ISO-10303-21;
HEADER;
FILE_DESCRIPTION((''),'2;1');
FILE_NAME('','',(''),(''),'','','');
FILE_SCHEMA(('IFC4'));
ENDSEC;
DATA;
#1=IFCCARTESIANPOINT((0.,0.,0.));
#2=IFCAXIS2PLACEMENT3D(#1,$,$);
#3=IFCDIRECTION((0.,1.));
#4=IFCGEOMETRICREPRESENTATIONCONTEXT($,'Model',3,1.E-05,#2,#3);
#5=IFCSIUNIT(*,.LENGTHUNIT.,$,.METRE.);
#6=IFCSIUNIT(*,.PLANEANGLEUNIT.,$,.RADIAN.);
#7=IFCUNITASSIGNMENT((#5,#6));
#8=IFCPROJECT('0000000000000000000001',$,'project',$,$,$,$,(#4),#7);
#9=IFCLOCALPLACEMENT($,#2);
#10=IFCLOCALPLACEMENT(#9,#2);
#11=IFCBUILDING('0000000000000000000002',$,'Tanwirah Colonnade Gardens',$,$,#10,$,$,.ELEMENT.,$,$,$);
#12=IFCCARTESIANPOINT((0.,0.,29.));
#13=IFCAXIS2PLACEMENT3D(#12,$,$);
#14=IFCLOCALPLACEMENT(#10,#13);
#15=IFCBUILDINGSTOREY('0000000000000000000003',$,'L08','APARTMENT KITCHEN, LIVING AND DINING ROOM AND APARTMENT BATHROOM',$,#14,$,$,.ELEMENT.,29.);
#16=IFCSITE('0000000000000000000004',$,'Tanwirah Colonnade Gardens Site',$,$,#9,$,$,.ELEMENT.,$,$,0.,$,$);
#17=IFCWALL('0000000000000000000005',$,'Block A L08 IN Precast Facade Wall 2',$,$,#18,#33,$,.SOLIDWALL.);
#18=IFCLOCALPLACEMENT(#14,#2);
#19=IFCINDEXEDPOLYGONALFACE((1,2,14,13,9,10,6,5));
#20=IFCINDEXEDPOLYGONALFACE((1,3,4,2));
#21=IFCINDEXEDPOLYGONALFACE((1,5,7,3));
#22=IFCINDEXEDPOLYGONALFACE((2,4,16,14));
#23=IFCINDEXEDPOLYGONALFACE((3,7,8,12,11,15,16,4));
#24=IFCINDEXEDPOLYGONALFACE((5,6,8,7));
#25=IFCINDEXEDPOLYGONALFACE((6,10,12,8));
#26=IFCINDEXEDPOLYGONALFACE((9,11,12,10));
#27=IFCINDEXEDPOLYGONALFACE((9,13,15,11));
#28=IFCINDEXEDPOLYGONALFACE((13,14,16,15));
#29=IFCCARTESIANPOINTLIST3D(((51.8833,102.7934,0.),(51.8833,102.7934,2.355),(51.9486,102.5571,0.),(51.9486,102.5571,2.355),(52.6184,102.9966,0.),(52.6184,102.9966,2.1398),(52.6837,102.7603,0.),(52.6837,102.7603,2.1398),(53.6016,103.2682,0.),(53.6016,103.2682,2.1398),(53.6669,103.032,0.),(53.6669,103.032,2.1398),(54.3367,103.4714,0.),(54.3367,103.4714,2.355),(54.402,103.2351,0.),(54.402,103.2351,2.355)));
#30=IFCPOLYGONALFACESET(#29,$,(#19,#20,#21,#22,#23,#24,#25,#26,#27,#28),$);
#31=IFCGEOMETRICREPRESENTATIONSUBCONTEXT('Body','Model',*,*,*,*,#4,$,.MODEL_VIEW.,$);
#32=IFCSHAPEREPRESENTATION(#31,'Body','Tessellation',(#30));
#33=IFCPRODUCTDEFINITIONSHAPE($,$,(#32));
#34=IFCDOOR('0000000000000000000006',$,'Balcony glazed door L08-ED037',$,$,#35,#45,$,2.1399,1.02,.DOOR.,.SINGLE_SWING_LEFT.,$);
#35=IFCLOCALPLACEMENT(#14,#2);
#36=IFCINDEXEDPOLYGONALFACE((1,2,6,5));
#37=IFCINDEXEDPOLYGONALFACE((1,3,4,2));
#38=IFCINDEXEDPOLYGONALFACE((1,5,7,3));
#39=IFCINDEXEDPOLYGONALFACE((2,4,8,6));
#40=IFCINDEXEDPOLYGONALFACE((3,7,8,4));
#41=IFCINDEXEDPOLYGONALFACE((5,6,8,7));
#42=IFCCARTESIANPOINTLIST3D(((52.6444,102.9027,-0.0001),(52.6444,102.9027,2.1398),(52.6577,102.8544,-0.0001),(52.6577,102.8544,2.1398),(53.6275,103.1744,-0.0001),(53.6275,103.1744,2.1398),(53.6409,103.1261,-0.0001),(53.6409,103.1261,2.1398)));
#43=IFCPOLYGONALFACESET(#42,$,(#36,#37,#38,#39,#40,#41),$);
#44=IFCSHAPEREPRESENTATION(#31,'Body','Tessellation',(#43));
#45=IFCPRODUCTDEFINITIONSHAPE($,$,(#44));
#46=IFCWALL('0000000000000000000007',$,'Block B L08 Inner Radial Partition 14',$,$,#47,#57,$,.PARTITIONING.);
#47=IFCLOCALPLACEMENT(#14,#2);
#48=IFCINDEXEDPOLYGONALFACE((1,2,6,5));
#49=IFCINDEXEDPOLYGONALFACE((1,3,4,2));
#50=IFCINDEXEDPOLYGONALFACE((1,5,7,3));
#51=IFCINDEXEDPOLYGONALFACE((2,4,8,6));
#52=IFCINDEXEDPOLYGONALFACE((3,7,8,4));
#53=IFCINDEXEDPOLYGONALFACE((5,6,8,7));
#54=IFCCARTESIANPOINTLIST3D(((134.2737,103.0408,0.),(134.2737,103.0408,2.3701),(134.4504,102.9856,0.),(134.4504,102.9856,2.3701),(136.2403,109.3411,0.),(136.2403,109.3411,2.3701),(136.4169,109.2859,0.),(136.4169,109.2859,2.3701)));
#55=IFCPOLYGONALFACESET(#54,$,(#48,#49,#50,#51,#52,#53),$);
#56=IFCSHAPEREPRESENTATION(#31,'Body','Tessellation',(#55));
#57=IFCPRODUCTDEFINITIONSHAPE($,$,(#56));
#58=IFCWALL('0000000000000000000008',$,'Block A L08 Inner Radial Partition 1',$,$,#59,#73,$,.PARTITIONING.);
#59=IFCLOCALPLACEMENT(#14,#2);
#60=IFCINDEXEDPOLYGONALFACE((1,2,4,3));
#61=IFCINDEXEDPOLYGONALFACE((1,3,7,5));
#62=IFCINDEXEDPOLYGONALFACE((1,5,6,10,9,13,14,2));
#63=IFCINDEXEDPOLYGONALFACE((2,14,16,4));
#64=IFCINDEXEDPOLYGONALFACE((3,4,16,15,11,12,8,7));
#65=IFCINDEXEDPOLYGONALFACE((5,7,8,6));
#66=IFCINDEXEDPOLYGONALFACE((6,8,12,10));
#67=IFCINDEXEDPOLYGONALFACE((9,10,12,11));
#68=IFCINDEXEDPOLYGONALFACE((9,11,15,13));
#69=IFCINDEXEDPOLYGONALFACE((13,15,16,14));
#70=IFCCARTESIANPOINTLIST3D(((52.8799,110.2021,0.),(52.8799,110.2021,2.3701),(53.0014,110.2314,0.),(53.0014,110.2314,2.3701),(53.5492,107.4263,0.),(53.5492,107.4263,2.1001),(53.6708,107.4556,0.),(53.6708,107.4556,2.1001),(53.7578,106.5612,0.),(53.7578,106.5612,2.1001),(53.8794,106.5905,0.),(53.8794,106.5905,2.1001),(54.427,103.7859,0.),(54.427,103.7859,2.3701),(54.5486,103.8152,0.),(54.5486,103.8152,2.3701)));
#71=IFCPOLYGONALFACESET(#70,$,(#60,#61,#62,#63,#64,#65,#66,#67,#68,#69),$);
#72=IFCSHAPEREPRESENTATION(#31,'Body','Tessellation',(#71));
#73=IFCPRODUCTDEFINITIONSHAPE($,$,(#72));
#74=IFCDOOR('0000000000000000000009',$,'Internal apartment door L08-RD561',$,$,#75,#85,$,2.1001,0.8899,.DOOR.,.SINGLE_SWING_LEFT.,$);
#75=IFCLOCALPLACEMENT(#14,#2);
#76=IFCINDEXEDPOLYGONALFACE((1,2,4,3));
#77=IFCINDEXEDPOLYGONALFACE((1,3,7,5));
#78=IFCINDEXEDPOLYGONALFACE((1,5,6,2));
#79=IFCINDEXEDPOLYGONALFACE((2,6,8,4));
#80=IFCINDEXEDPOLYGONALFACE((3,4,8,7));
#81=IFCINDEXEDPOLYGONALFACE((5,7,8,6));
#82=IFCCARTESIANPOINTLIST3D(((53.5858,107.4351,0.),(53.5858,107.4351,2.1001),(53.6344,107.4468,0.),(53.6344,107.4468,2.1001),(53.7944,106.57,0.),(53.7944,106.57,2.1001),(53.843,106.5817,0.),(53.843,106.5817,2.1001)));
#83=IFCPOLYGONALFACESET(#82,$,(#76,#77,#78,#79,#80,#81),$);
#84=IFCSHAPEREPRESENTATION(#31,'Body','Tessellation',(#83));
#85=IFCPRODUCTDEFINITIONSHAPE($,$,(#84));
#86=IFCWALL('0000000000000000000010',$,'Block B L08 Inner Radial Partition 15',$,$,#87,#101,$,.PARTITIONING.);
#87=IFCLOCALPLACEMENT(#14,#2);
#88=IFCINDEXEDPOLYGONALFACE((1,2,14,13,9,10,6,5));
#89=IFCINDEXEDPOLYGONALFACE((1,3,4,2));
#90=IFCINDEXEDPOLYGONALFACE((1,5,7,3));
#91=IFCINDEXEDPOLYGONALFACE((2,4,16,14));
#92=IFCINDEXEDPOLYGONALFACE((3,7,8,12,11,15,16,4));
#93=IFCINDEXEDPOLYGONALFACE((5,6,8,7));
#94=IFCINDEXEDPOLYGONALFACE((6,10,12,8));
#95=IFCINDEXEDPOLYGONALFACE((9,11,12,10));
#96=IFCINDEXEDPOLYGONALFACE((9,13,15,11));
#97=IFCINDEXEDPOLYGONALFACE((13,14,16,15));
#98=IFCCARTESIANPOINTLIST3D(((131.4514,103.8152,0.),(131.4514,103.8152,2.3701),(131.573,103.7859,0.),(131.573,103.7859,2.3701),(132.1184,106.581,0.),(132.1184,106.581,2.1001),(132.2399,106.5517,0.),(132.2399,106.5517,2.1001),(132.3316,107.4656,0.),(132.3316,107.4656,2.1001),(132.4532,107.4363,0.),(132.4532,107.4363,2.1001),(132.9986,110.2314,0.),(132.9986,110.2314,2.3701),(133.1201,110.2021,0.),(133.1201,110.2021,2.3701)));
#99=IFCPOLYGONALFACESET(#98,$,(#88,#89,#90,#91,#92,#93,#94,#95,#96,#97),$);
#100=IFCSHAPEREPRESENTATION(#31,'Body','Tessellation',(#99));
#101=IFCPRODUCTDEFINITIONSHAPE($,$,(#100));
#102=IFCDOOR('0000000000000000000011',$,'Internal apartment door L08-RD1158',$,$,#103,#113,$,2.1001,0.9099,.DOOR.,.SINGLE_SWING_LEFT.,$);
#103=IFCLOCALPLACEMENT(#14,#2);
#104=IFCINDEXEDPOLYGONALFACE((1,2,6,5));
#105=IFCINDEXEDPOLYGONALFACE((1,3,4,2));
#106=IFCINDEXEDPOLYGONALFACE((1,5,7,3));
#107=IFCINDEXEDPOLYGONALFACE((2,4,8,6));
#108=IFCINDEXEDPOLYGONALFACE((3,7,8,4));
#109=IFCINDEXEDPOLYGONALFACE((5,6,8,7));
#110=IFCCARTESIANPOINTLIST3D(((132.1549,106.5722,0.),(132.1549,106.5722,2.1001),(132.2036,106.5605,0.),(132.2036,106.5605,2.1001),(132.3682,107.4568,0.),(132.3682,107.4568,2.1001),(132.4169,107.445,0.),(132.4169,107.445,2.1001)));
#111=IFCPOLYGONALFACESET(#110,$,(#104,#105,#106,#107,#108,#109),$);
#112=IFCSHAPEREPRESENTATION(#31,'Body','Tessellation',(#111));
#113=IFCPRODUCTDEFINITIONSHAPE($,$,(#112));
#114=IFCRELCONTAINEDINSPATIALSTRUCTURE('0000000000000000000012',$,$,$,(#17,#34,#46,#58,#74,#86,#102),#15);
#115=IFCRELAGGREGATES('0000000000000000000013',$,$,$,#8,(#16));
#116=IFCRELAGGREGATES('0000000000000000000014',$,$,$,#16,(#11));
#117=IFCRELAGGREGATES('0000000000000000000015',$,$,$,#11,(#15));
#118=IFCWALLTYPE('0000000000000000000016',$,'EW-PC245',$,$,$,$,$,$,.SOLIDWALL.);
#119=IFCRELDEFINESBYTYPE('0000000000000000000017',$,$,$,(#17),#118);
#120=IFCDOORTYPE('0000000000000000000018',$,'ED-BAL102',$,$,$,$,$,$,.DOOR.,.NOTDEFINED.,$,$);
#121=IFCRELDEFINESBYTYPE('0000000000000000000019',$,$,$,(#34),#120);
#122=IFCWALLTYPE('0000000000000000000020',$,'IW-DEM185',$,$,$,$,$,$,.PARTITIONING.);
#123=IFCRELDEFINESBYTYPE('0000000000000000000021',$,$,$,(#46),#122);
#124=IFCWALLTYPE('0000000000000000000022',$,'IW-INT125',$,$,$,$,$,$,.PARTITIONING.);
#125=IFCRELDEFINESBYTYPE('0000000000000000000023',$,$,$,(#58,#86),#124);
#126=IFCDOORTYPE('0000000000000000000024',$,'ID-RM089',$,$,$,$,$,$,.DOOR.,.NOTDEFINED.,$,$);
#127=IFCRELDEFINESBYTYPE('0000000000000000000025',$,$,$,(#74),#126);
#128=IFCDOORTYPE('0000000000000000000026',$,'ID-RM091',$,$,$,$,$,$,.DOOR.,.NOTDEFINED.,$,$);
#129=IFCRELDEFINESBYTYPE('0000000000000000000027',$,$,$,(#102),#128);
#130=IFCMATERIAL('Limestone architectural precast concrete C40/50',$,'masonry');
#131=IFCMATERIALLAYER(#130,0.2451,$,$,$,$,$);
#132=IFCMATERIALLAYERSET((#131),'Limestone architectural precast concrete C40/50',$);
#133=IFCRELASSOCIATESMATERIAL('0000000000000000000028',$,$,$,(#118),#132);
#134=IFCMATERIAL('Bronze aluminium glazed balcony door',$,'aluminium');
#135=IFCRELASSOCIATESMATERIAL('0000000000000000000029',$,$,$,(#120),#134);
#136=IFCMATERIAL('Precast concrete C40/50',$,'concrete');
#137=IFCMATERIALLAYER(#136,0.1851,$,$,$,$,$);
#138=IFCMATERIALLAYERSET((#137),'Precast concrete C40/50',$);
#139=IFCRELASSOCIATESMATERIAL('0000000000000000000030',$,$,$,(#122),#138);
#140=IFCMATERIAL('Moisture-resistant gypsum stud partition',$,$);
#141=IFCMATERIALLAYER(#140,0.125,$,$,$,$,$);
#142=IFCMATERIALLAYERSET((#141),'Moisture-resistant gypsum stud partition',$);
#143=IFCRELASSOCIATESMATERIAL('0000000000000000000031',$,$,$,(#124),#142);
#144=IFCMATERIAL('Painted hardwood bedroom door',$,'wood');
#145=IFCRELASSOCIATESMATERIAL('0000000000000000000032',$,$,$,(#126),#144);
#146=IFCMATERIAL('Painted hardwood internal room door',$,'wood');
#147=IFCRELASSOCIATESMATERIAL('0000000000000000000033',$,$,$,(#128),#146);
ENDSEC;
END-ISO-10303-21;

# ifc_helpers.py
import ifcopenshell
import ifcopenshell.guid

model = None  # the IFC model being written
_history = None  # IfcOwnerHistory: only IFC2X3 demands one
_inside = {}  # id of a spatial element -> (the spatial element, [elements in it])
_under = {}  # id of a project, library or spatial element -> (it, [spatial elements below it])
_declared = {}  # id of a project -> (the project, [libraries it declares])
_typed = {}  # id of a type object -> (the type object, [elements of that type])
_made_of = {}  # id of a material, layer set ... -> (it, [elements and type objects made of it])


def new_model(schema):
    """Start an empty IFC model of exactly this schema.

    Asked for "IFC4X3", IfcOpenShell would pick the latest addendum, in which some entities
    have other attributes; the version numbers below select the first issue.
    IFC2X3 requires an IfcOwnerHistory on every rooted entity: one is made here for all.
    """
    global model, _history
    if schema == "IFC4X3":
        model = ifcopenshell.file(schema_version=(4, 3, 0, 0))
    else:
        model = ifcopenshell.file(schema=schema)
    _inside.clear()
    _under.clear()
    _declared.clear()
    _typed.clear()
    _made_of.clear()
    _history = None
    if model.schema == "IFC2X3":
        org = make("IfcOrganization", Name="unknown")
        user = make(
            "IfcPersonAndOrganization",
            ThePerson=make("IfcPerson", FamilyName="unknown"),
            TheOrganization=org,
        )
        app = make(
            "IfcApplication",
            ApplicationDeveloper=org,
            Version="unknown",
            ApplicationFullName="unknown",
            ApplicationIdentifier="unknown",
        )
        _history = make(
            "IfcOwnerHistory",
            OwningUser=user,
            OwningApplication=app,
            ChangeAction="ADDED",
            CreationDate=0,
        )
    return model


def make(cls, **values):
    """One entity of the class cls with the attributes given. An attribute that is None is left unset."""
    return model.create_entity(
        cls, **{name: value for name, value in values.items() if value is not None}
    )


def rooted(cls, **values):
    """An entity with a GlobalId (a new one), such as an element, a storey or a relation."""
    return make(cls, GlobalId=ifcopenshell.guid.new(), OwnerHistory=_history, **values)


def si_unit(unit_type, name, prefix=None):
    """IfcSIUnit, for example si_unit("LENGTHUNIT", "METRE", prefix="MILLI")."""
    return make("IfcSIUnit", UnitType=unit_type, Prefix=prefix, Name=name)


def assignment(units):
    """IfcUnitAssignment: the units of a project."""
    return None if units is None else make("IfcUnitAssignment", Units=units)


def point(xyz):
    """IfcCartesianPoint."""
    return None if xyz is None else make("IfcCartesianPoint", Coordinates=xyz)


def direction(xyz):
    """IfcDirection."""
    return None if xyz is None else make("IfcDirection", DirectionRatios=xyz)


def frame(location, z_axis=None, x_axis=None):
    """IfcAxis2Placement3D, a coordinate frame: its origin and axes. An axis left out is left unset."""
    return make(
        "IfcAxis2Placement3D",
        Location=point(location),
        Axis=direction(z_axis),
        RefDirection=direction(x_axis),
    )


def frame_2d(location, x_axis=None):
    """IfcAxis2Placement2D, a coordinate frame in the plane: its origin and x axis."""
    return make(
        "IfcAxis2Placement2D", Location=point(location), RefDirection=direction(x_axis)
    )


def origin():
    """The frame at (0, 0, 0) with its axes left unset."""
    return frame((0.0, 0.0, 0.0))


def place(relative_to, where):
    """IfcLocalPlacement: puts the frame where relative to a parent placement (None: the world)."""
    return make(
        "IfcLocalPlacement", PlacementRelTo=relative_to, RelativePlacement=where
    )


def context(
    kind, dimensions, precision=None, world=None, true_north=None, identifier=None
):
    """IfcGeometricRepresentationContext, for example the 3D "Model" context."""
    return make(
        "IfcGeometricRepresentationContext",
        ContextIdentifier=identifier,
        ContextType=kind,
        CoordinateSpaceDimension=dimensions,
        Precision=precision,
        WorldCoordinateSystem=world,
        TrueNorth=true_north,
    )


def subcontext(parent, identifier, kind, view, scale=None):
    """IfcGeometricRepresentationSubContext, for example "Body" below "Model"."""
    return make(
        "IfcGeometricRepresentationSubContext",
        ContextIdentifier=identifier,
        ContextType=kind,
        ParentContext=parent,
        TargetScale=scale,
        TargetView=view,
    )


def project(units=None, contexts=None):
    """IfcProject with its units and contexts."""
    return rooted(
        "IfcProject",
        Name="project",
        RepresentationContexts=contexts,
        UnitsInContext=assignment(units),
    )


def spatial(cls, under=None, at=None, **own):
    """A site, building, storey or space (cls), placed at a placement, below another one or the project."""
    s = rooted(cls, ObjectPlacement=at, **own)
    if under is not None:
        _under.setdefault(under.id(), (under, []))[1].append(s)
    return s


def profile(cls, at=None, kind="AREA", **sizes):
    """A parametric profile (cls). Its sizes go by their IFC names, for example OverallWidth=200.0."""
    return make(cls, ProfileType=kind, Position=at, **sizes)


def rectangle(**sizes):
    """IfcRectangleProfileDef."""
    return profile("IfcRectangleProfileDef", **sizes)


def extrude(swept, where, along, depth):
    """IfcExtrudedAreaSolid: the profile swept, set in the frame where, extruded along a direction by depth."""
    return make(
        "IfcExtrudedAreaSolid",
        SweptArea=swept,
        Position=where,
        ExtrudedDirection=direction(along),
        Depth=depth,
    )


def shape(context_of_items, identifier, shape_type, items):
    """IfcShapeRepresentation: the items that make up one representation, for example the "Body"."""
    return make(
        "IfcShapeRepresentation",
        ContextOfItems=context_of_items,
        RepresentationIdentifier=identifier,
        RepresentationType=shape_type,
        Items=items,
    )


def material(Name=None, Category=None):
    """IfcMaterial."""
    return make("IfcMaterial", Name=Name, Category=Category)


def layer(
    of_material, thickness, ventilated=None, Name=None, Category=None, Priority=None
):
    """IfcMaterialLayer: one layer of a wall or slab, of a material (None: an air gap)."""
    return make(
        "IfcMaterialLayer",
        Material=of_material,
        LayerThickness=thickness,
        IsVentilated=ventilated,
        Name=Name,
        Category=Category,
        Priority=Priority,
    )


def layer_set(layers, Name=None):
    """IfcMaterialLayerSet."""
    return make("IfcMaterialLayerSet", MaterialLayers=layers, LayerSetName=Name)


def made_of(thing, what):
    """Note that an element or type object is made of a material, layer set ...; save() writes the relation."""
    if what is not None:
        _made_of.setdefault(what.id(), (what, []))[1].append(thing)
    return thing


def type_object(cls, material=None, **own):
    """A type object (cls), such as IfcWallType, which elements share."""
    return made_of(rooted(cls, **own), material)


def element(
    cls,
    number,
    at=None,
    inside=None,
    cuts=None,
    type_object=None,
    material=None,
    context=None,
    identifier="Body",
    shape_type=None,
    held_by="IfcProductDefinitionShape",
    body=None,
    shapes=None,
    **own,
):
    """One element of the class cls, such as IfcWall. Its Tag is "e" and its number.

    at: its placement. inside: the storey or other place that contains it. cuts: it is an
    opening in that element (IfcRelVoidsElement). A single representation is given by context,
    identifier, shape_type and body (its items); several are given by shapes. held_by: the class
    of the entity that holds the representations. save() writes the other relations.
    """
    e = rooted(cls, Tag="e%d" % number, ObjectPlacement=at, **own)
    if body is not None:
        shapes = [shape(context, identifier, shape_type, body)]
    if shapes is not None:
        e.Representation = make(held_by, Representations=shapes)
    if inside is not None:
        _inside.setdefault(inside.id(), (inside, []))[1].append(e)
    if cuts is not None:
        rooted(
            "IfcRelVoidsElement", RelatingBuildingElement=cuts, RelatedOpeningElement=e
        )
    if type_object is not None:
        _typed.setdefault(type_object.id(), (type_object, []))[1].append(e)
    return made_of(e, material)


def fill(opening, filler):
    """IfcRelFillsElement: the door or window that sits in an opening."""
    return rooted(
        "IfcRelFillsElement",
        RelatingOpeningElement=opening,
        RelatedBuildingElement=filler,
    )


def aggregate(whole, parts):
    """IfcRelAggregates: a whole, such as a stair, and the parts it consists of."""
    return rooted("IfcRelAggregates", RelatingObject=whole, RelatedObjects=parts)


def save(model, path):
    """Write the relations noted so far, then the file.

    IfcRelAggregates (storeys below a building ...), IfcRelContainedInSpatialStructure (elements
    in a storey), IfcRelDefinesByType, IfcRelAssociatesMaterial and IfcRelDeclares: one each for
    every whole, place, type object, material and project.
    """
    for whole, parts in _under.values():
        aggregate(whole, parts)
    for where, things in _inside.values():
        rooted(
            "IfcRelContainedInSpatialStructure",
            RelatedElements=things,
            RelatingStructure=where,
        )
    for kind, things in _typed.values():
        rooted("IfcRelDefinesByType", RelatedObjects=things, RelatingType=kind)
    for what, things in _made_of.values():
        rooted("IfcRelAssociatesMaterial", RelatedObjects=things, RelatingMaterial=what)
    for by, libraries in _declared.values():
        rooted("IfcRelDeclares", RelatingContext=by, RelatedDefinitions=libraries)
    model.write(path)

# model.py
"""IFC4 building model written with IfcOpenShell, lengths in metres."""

from ifc_helpers import new_model, si_unit, direction, frame, frame_2d, origin, place, context, subcontext, project, spatial, rectangle, extrude, material, layer, layer_set, type_object, element, fill, save


model = new_model("IFC4")

# Units and contexts
model_context = context("Model", 3, precision=1e-05, world=origin(), true_north=direction((0.0, 1.0)))
body_context = subcontext(model_context, "Body", "Model", "MODEL_VIEW")
ifc_project = project(units=[si_unit("LENGTHUNIT", "METRE"), si_unit("PLANEANGLEUNIT", "RADIAN")], contexts=[model_context])

# Site, building, storey
site_placement = place(None, origin())
site = spatial("IfcSite", under=ifc_project, at=site_placement, Name="Tanwirah Colonnade Gardens Site", CompositionType="ELEMENT", RefElevation=0.0)
building_placement = place(site_placement, origin())
building = spatial("IfcBuilding", under=site, at=building_placement, Name="Tanwirah Colonnade Gardens", CompositionType="ELEMENT")
storey_placement = place(building_placement, frame((0.0, 0.0, 29.0)))
storey = spatial("IfcBuildingStorey", under=building, at=storey_placement, Name="L08", Description="APARTMENT KITCHEN, LIVING AND DINING ROOM AND APARTMENT BATHROOM", CompositionType="ELEMENT", Elevation=29.0)

# Shared definitions
ifc_material_1 = material(Name="Precast concrete C40/50", Category="concrete")

# Shared definitions
ifc_material_2 = material(Name="Limestone architectural precast concrete C40/50", Category="masonry")
ifc_material_3 = material(Name="Bronze aluminium glazed balcony door", Category="aluminium")

# Wall, opening, door
ifc_layer_1 = layer(ifc_material_2, 0.2451)
ifc_layer_set_1 = layer_set([ifc_layer_1], Name="Limestone architectural precast concrete C40/50")
wall_type_1 = type_object("IfcWallType", Name="EW-PC245", PredefinedType="SOLIDWALL", material=ifc_layer_set_1)
wall_1_placement = place(storey_placement, frame((54.3694, 103.3533, 0.0), z_axis=(0.0, 0.0, 1.0), x_axis=(-0.963873, -0.266362, 0.0)))
wall_1 = element("IfcWall", 1, at=wall_1_placement, inside=storey, type_object=wall_type_1, Name="Block A L08 IN Precast Facade Wall 2", PredefinedType="SOLIDWALL", context=body_context, shape_type="SweptSolid", body=[
    extrude(rectangle(XDim=2.5454, YDim=0.2451, at=frame_2d((1.2727, 0.0))), origin(), (0.0, 0.0, 1.0), 2.355),
])
opening_1_placement = place(wall_1_placement, frame((0.7627, 0.0, 0.0)))
opening_1 = element("IfcOpeningElement", 2, at=opening_1_placement, cuts=wall_1, PredefinedType="OPENING", context=body_context, shape_type="SweptSolid", body=[
    extrude(rectangle(XDim=1.02, YDim=2.1399, at=frame_2d((0.51, 1.0698))), frame((0.0, 0.1326, 0.0), z_axis=(0.0, -1.0, 0.0), x_axis=(1.0, 0.0, 0.0)), (0.0, 0.0, 1.0), 0.2651),
])
door_type_1 = type_object("IfcDoorType", Name="ED-BAL102", OperationType="NOTDEFINED", PredefinedType="DOOR", material=ifc_material_3)
door_1_placement = place(opening_1_placement, origin())
door_1 = element("IfcDoor", 3, at=door_1_placement, inside=storey, type_object=door_type_1, Name="Balcony glazed door L08-ED037", OperationType="SINGLE_SWING_LEFT", OverallHeight=2.1399, OverallWidth=1.02, PredefinedType="DOOR", context=body_context, shape_type="SweptSolid", body=[
    extrude(rectangle(XDim=1.02, YDim=2.1399, at=frame_2d((0.51, 1.0698))), frame((0.0, 0.0249, 0.0), z_axis=(0.0, -1.0, 0.0), x_axis=(1.0, 0.0, 0.0)), (0.0, 0.0, 1.0), 0.05),
])
fill(opening_1, door_1)

# Wall
ifc_layer_2 = layer(ifc_material_1, 0.1851)
ifc_layer_set_2 = layer_set([ifc_layer_2], Name="Precast concrete C40/50")
wall_type_2 = type_object("IfcWallType", Name="IW-DEM185", PredefinedType="PARTITIONING", material=ifc_layer_set_2)
wall_2_placement = place(storey_placement, frame((134.3621, 103.0132, 0.0), z_axis=(0.0, 0.0, 1.0), x_axis=(0.297959, 0.954579, 0.0)))
element("IfcWall", 4, at=wall_2_placement, inside=storey, type_object=wall_type_2, Name="Block B L08 Inner Radial Partition 14", PredefinedType="PARTITIONING", context=body_context, shape_type="SweptSolid", body=[
    extrude(rectangle(XDim=6.6001, YDim=0.1851, at=frame_2d((3.3, 0.0))), origin(), (0.0, 0.0, 1.0), 2.3701),
])

# Walls, openings, doors
ifc_material_4 = material(Name="Moisture-resistant gypsum stud partition")
ifc_layer_3 = layer(ifc_material_4, 0.125)
ifc_layer_set_3 = layer_set([ifc_layer_3], Name="Moisture-resistant gypsum stud partition")
wall_type_3 = type_object("IfcWallType", Name="IW-INT125", PredefinedType="PARTITIONING", material=ifc_layer_set_3)
wall_3_placement = place(storey_placement, frame((54.4878, 103.8005, 0.0), z_axis=(0.0, 0.0, 1.0), x_axis=(-0.234407, 0.972139, 0.0)))
wall_3 = element("IfcWall", 5, at=wall_3_placement, inside=storey, type_object=wall_type_3, Name="Block A L08 Inner Radial Partition 1", PredefinedType="PARTITIONING", context=body_context, shape_type="SweptSolid", body=[
    extrude(rectangle(XDim=6.6001, YDim=0.125, at=frame_2d((3.3, 0.0))), origin(), (0.0, 0.0, 1.0), 2.3701),
])
opening_2_placement = place(wall_3_placement, frame((2.855, 0.0, 0.0)))
opening_2 = element("IfcOpeningElement", 6, at=opening_2_placement, cuts=wall_3, PredefinedType="OPENING", context=body_context, shape_type="SweptSolid", body=[
    extrude(rectangle(XDim=0.8899, YDim=2.1001, at=frame_2d((0.4448, 1.05))), frame((0.0, 0.0725, 0.0), z_axis=(0.0, -1.0, 0.0), x_axis=(1.0, 0.0, 0.0)), (0.0, 0.0, 1.0), 0.145),
])
ifc_material_5 = material(Name="Painted hardwood bedroom door", Category="wood")
door_type_2 = type_object("IfcDoorType", Name="ID-RM089", OperationType="NOTDEFINED", PredefinedType="DOOR", material=ifc_material_5)
door_2_placement = place(opening_2_placement, origin())
door_2 = element("IfcDoor", 7, at=door_2_placement, inside=storey, type_object=door_type_2, Name="Internal apartment door L08-RD561", OperationType="SINGLE_SWING_LEFT", OverallHeight=2.1001, OverallWidth=0.8899, PredefinedType="DOOR", context=body_context, shape_type="SweptSolid", body=[
    extrude(rectangle(XDim=0.8899, YDim=2.1001, at=frame_2d((0.4448, 1.05))), frame((0.0, 0.0249, 0.0), z_axis=(0.0, -1.0, 0.0), x_axis=(1.0, 0.0, 0.0)), (0.0, 0.0, 1.0), 0.05),
])
fill(opening_2, door_2)
wall_4_placement = place(storey_placement, frame((131.5122, 103.8005, 0.0), z_axis=(0.0, 0.0, 1.0), x_axis=(0.234407, 0.972139, 0.0)))
wall_4 = element("IfcWall", 8, at=wall_4_placement, inside=storey, type_object=wall_type_3, Name="Block B L08 Inner Radial Partition 15", PredefinedType="PARTITIONING", context=body_context, shape_type="SweptSolid", body=[
    extrude(rectangle(XDim=6.6001, YDim=0.125, at=frame_2d((3.3, 0.0))), origin(), (0.0, 0.0, 1.0), 2.3701),
])
opening_3_placement = place(wall_4_placement, frame((2.845, 0.0, 0.0)))
opening_3 = element("IfcOpeningElement", 9, at=opening_3_placement, cuts=wall_4, PredefinedType="OPENING", context=body_context, shape_type="SweptSolid", body=[
    extrude(rectangle(XDim=0.9099, YDim=2.1001, at=frame_2d((0.4551, 1.05))), frame((0.0, 0.0725, 0.0), z_axis=(0.0, -1.0, 0.0), x_axis=(1.0, 0.0, 0.0)), (0.0, 0.0, 1.0), 0.145),
])
ifc_material_6 = material(Name="Painted hardwood internal room door", Category="wood")
door_type_3 = type_object("IfcDoorType", Name="ID-RM091", OperationType="NOTDEFINED", PredefinedType="DOOR", material=ifc_material_6)
door_3_placement = place(opening_3_placement, origin())
door_3 = element("IfcDoor", 10, at=door_3_placement, inside=storey, type_object=door_type_3, Name="Internal apartment door L08-RD1158", OperationType="SINGLE_SWING_LEFT", OverallHeight=2.1001, OverallWidth=0.9099, PredefinedType="DOOR", context=body_context, shape_type="SweptSolid", body=[
    extrude(rectangle(XDim=0.9099, YDim=2.1001, at=frame_2d((0.4551, 1.05))), frame((0.0, 0.0249, 0.0), z_axis=(0.0, -1.0, 0.0), x_axis=(1.0, 0.0, 0.0)), (0.0, 0.0, 1.0), 0.05),
])
fill(opening_3, door_3)

save(model, "model.ifc")
